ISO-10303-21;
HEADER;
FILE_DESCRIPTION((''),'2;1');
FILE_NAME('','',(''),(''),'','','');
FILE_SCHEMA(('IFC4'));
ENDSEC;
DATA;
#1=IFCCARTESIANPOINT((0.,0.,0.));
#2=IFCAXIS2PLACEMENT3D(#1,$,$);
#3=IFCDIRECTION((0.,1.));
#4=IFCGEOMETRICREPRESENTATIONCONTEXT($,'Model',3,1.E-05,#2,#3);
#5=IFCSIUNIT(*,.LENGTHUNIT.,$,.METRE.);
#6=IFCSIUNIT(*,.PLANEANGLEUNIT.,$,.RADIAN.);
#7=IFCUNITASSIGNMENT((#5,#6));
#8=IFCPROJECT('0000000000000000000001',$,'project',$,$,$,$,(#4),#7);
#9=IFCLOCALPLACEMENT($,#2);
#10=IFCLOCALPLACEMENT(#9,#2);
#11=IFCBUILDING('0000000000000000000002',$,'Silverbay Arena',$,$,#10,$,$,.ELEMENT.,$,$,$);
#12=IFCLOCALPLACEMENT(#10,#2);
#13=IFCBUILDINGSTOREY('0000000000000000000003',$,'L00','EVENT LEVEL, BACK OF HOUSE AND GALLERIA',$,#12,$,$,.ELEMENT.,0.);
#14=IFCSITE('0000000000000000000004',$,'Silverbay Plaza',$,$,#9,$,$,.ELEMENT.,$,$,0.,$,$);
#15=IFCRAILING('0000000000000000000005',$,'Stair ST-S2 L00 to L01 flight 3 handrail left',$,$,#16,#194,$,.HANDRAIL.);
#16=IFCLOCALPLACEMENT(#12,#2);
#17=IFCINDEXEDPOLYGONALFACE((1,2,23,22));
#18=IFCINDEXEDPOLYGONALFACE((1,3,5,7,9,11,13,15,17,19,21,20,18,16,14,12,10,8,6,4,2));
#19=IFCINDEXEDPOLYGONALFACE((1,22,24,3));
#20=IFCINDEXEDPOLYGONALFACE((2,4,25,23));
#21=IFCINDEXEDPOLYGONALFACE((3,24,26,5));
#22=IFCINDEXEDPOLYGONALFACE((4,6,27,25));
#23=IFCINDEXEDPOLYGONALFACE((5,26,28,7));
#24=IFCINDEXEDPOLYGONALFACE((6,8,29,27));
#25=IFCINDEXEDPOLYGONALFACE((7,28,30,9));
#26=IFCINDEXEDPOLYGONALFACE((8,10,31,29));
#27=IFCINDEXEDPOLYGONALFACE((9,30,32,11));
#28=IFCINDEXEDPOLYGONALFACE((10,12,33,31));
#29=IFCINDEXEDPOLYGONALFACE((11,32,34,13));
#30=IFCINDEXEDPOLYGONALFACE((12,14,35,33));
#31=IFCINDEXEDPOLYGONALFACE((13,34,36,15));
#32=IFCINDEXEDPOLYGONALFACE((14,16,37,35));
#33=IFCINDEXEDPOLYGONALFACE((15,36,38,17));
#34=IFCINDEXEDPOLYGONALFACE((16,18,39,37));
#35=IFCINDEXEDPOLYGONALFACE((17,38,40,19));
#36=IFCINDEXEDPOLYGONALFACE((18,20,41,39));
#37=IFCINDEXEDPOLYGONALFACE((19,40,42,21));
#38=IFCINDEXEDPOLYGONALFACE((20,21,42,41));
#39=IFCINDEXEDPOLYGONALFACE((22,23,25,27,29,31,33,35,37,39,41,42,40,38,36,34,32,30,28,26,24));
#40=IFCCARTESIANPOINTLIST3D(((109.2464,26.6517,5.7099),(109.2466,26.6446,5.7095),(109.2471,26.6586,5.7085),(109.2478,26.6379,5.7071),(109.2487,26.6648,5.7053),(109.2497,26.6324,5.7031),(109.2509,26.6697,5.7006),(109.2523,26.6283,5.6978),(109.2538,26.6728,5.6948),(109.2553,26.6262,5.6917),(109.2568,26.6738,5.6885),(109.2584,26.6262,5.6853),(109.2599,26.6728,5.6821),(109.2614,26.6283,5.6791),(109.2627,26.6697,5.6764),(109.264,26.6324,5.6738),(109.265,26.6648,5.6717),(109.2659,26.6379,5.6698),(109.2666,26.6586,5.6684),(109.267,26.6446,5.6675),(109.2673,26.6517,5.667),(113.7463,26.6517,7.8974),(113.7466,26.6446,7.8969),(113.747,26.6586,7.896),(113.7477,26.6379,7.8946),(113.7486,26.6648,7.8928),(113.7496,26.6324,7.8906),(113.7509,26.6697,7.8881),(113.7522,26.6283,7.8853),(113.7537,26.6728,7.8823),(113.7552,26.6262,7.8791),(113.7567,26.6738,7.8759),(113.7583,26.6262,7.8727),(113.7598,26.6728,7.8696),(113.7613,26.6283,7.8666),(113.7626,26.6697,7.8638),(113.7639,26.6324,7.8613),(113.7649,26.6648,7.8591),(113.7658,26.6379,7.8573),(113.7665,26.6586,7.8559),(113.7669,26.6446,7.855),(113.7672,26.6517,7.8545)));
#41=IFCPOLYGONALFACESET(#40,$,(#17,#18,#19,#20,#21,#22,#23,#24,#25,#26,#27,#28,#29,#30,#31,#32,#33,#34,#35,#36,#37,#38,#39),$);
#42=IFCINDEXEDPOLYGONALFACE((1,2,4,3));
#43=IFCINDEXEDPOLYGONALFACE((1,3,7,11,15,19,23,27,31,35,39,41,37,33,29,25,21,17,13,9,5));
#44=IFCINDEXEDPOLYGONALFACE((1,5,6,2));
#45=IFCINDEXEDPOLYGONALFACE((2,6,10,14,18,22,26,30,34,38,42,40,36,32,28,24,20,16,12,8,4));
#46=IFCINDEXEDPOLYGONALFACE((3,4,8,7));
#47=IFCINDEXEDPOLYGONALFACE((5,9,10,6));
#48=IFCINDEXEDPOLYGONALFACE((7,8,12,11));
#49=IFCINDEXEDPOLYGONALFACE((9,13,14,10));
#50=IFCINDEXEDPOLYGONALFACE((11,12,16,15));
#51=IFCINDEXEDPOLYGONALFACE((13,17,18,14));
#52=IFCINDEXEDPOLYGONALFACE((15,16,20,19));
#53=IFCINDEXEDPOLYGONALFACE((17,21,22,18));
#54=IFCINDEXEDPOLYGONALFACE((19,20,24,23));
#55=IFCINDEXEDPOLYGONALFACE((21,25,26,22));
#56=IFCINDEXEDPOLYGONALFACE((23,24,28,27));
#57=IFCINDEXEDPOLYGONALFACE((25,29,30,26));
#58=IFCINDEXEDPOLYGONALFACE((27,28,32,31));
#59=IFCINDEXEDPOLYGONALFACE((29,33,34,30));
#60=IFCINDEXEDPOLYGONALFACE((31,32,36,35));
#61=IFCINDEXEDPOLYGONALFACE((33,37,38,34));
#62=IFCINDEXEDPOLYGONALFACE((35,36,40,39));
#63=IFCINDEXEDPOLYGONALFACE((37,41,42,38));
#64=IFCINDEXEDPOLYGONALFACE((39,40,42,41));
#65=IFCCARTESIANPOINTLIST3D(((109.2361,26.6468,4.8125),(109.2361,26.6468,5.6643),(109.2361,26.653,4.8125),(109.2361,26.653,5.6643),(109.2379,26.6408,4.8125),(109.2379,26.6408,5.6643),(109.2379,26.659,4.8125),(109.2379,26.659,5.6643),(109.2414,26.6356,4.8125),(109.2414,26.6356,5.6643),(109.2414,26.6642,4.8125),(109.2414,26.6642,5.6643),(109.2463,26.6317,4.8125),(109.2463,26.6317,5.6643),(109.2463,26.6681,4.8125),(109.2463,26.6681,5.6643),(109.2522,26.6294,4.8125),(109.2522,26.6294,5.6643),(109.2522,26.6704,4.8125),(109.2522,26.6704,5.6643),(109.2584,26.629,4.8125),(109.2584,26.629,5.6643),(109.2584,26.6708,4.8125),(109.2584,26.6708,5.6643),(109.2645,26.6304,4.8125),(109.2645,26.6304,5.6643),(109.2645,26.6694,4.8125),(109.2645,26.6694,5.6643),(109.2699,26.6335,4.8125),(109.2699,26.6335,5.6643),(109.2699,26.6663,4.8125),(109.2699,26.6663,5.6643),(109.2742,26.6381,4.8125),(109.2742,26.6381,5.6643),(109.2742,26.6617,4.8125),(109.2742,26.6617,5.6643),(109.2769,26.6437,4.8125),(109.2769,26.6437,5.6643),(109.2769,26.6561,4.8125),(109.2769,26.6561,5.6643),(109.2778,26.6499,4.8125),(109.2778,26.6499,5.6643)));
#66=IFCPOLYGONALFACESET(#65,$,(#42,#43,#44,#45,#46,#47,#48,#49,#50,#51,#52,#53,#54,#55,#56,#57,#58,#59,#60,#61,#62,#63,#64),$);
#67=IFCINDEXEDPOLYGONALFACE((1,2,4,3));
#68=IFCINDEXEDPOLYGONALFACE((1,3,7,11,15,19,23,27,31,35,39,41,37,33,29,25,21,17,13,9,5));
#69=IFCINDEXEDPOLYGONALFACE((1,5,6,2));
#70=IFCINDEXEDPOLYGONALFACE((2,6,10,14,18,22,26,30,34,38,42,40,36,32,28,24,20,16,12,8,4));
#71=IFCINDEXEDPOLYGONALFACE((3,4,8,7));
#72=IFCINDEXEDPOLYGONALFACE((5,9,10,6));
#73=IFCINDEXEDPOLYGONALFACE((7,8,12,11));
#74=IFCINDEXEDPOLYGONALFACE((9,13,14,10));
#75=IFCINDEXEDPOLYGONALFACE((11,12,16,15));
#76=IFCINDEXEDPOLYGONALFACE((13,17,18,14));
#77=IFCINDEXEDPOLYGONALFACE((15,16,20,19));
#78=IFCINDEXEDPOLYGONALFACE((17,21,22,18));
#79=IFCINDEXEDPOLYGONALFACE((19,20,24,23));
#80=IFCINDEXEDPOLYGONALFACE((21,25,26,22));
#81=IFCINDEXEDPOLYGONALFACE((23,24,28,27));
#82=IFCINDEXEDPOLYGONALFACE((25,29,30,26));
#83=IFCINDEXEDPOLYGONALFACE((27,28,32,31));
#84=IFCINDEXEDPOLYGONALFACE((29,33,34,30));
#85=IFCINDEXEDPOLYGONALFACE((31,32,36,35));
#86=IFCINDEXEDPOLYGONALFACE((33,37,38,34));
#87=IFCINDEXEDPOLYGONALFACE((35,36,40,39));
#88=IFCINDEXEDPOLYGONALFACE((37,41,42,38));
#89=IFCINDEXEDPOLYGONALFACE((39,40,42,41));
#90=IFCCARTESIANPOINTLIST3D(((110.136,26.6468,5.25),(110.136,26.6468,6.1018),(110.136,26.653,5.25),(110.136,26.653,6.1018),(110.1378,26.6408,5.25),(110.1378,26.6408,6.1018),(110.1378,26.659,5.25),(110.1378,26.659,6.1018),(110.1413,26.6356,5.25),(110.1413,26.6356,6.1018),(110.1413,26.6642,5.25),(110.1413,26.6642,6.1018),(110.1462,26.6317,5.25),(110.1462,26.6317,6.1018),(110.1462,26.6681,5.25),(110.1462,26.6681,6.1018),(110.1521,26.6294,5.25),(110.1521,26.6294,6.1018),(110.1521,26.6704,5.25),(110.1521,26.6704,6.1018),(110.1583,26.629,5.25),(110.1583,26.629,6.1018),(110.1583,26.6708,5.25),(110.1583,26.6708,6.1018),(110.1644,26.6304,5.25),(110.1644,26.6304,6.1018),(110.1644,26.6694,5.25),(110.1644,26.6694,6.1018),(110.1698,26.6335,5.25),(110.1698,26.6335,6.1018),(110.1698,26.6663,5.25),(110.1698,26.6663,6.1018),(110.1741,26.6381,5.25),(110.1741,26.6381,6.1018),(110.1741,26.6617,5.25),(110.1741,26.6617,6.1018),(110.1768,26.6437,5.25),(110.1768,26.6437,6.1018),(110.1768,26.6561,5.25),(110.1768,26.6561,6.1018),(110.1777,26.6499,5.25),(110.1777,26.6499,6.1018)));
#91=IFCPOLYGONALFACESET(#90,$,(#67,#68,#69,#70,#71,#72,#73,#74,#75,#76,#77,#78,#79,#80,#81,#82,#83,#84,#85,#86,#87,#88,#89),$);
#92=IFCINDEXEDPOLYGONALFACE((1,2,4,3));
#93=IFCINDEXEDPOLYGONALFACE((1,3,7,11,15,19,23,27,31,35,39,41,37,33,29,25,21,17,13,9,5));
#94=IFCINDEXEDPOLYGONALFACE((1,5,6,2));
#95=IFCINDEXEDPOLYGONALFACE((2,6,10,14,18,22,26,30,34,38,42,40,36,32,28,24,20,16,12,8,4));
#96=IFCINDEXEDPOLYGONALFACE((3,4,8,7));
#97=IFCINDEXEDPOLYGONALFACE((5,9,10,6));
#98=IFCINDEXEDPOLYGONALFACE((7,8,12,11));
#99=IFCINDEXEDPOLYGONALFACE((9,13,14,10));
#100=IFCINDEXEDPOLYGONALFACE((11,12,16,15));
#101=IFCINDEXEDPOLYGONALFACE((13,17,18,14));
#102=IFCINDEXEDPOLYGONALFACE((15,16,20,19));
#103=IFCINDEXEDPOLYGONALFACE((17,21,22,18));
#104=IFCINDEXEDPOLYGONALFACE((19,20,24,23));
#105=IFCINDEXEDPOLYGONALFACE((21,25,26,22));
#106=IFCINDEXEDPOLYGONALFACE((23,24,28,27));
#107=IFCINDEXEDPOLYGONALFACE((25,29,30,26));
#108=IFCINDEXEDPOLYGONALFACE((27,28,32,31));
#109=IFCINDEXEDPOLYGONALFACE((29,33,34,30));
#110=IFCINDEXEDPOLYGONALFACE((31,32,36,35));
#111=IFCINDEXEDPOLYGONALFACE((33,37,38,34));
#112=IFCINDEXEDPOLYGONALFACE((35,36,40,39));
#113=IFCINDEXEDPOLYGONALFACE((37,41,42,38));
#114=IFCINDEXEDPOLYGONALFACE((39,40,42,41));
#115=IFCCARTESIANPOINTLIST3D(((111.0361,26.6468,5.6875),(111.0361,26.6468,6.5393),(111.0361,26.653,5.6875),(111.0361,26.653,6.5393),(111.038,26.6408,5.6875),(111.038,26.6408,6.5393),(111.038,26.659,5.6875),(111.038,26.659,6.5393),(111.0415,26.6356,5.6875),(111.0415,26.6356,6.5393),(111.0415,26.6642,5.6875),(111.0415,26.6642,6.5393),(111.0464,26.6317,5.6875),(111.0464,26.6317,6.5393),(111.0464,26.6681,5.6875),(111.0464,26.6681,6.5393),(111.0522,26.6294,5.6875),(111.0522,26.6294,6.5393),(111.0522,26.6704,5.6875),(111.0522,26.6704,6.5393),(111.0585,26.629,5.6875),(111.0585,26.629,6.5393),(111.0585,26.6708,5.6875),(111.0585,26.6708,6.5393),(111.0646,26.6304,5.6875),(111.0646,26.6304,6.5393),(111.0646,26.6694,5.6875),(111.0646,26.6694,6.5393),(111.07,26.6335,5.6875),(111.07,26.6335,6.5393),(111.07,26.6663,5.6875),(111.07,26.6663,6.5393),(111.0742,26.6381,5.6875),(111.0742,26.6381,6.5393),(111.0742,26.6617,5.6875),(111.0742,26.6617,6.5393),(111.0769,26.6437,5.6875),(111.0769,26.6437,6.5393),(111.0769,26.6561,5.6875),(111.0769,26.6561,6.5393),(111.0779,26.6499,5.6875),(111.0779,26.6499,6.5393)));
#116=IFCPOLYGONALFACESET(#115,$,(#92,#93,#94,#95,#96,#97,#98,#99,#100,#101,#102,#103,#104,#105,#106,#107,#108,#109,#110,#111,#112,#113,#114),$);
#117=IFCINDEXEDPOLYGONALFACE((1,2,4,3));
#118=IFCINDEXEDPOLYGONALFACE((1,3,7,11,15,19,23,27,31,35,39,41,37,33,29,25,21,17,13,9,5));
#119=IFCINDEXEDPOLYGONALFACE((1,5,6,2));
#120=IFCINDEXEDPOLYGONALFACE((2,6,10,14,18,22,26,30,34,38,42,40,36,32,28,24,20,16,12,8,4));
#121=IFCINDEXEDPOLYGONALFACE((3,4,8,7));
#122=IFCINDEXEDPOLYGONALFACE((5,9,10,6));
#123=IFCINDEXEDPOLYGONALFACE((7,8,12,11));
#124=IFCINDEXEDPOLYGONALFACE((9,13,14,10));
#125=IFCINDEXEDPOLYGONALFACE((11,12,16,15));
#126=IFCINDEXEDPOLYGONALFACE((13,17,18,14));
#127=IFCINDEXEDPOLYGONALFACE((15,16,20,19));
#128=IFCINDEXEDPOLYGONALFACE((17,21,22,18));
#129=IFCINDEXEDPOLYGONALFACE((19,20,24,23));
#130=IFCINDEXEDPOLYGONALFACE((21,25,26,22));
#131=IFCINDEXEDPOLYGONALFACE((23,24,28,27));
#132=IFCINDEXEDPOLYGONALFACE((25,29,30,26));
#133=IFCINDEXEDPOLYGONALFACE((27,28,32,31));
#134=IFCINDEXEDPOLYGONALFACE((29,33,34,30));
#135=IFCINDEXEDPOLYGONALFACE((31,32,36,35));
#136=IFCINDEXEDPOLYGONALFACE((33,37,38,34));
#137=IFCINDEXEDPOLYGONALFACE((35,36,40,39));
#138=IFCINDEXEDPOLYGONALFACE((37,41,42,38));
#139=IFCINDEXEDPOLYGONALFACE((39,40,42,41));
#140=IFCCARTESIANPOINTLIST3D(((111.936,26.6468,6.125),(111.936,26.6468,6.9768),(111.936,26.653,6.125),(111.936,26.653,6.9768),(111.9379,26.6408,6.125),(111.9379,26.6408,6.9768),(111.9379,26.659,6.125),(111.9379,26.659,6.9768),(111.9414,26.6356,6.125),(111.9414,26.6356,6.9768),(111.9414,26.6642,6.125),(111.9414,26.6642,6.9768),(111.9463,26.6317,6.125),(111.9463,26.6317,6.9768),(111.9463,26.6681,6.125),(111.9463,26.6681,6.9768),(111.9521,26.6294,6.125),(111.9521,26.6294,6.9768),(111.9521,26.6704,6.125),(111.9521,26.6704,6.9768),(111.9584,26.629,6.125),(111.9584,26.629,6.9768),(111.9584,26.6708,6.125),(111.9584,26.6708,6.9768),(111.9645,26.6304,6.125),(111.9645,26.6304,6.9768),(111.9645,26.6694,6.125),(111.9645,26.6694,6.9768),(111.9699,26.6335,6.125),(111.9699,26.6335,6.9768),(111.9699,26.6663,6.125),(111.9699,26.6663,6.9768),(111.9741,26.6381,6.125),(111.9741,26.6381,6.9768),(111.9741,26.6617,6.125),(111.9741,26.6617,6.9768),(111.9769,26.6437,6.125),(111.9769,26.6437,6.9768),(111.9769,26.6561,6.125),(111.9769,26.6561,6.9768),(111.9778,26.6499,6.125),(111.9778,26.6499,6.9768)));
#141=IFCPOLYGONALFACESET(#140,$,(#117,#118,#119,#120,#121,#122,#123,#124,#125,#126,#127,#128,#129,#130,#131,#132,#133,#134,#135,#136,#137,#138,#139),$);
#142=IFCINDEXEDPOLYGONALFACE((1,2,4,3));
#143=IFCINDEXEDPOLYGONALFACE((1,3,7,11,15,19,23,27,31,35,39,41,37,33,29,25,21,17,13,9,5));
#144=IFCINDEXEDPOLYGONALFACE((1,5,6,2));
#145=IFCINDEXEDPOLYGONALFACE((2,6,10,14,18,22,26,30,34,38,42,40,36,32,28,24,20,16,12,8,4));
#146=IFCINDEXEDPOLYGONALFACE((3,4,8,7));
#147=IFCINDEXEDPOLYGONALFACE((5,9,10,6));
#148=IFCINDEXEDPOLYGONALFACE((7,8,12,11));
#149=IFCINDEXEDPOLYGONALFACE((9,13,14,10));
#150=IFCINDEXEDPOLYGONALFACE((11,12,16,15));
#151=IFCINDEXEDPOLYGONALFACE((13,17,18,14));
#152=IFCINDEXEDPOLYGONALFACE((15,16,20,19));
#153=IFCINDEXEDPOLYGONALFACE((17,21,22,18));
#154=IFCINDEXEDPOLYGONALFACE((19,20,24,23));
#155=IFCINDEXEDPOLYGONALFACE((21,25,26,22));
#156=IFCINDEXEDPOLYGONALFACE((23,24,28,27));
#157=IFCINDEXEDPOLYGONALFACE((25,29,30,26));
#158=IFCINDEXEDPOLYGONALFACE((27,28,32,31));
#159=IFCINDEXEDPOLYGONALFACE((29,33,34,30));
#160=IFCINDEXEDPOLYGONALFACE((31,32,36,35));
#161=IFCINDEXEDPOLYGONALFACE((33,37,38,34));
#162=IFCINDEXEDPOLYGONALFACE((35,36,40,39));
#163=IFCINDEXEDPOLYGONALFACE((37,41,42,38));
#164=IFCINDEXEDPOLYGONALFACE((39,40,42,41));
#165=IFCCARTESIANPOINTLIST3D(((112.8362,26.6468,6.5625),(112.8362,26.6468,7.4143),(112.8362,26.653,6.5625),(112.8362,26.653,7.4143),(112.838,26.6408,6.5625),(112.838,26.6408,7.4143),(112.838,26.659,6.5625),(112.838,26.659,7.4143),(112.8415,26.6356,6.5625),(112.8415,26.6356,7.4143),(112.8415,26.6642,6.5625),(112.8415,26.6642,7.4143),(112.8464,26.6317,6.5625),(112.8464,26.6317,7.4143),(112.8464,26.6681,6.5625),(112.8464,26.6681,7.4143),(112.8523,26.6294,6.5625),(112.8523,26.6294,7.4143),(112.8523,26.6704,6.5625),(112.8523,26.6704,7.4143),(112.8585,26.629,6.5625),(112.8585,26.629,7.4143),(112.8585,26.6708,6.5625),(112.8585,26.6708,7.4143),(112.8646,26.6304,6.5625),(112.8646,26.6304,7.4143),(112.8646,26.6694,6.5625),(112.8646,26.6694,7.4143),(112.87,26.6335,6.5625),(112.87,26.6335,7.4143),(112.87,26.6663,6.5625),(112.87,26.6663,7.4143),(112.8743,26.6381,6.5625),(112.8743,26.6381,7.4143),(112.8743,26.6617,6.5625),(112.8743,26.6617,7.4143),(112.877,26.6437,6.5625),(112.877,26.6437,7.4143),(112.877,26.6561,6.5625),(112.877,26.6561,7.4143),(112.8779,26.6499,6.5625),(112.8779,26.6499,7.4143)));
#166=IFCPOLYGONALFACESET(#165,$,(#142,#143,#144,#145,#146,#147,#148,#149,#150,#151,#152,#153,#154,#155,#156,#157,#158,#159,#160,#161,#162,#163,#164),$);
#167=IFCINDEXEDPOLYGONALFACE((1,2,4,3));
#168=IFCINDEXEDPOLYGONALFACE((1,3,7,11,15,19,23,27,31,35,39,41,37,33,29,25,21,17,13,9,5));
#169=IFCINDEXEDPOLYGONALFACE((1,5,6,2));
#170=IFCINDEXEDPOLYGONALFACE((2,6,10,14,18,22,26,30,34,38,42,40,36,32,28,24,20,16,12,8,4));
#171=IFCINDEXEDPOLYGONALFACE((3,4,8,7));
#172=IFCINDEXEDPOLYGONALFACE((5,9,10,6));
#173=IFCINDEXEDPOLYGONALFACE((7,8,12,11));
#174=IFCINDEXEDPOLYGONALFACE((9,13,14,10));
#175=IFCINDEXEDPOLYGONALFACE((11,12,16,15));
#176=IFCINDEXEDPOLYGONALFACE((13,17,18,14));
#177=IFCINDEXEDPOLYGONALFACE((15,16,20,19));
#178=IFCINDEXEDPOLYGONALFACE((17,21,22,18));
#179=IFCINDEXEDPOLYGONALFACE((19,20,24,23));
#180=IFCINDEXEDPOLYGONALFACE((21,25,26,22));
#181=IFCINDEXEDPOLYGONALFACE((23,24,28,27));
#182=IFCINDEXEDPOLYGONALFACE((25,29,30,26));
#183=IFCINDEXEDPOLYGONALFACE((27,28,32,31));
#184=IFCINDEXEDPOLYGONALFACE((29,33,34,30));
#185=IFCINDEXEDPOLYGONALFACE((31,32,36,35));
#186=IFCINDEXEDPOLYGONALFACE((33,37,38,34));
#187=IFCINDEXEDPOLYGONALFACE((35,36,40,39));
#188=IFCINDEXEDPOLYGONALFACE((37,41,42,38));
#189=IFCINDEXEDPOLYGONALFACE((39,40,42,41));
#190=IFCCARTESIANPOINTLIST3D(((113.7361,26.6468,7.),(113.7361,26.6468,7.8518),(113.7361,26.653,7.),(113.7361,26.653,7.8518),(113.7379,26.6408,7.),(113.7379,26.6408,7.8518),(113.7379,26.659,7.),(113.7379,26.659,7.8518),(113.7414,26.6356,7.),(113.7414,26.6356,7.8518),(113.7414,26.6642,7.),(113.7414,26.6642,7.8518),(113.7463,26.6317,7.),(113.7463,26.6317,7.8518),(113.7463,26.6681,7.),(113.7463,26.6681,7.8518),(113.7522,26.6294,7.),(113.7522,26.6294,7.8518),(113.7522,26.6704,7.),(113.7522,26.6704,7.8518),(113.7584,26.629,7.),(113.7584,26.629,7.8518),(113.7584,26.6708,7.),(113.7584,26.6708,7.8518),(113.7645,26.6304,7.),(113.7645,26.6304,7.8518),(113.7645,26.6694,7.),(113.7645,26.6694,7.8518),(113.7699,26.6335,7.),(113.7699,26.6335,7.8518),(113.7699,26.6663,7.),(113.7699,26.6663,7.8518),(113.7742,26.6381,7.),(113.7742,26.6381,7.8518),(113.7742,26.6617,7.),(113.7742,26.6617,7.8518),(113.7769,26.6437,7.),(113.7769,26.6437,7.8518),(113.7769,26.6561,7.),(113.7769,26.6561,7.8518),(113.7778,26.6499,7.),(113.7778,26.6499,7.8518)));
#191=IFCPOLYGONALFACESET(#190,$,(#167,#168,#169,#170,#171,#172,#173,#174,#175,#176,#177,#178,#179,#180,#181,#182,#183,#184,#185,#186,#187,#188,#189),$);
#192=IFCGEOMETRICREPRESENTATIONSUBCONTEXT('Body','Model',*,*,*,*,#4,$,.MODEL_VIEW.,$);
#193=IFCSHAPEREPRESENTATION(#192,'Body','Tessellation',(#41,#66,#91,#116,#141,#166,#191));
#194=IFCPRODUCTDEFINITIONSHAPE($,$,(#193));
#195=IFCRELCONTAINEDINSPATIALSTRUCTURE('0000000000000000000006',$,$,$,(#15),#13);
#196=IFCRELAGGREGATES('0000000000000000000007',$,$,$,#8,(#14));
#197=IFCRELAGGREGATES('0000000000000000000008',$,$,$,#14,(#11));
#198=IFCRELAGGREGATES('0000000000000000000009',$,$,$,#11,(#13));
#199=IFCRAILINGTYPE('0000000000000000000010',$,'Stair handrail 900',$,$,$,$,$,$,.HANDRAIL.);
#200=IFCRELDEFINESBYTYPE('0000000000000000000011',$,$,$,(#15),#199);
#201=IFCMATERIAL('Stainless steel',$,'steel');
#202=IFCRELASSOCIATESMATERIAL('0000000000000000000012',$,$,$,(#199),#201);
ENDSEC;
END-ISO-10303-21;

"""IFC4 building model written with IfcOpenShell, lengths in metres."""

from ifc_helpers import new_model, si_unit, direction, frame, origin, origin_2d, place, context, subcontext, project, spatial, circle, extrude, material, type_object, element, save


model = new_model("IFC4")

# Units and contexts
model_context = context("Model", 3, precision=1e-05, world=origin(), true_north=direction((0.0, 1.0)))
body_context = subcontext(model_context, "Body", "Model", "MODEL_VIEW")
ifc_project = project(units=[si_unit("LENGTHUNIT", "METRE"), si_unit("PLANEANGLEUNIT", "RADIAN")], contexts=[model_context])

# Site, building, storey
site_placement = place(None, origin())
site = spatial("IfcSite", under=ifc_project, at=site_placement, Name="Silverbay Plaza", CompositionType="ELEMENT", RefElevation=0.0)
building_placement = place(site_placement, origin())
building = spatial("IfcBuilding", under=site, at=building_placement, Name="Silverbay Arena", CompositionType="ELEMENT")
storey_placement = place(building_placement, origin())
storey = spatial("IfcBuildingStorey", under=building, at=storey_placement, Name="L00", Description="EVENT LEVEL, BACK OF HOUSE AND GALLERIA", CompositionType="ELEMENT", Elevation=0.0)

# Railing
ifc_material_1 = material(Name="Stainless steel", Category="steel")
railing_type_1 = type_object("IfcRailingType", Name="Stair handrail 900", PredefinedType="HANDRAIL", material=ifc_material_1)
for number, where, name in (
    (1, (109.2568, 26.6499, 4.8125), "Stair ST-S2 L00 to L01 flight 3 handrail left"),
):
    element("IfcRailing", number, at=place(storey_placement, frame(where)), inside=storey, type_object=railing_type_1, Name=name, PredefinedType="HANDRAIL", context=body_context, shape_type="SweptSolid", body=[
        extrude(circle(Radius=0.0239, at=origin_2d()), frame((0.0, 0.0, 0.876), z_axis=(0.899368, 0.0, 0.437193), x_axis=(0.0, 1.0, 0.0)), (0.0, 0.0, 1.0), 5.0034),
        extrude(circle(Radius=0.021, at=origin_2d()), origin(), (0.0, 0.0, 1.0), 0.8518),
        extrude(circle(Radius=0.021, at=origin_2d()), frame((0.8999, 0.0, 0.4375)), (0.0, 0.0, 1.0), 0.8518),
        extrude(circle(Radius=0.021, at=origin_2d()), frame((1.8, 0.0, 0.875)), (0.0, 0.0, 1.0), 0.8518),
        extrude(circle(Radius=0.021, at=origin_2d()), frame((2.7, 0.0, 1.3125)), (0.0, 0.0, 1.0), 0.8518),
        extrude(circle(Radius=0.021, at=origin_2d()), frame((3.6001, 0.0, 1.75)), (0.0, 0.0, 1.0), 0.8518),
        extrude(circle(Radius=0.021, at=origin_2d()), frame((4.5, 0.0, 2.1875)), (0.0, 0.0, 1.0), 0.8518),
    ])

save(model, "model.ifc")
